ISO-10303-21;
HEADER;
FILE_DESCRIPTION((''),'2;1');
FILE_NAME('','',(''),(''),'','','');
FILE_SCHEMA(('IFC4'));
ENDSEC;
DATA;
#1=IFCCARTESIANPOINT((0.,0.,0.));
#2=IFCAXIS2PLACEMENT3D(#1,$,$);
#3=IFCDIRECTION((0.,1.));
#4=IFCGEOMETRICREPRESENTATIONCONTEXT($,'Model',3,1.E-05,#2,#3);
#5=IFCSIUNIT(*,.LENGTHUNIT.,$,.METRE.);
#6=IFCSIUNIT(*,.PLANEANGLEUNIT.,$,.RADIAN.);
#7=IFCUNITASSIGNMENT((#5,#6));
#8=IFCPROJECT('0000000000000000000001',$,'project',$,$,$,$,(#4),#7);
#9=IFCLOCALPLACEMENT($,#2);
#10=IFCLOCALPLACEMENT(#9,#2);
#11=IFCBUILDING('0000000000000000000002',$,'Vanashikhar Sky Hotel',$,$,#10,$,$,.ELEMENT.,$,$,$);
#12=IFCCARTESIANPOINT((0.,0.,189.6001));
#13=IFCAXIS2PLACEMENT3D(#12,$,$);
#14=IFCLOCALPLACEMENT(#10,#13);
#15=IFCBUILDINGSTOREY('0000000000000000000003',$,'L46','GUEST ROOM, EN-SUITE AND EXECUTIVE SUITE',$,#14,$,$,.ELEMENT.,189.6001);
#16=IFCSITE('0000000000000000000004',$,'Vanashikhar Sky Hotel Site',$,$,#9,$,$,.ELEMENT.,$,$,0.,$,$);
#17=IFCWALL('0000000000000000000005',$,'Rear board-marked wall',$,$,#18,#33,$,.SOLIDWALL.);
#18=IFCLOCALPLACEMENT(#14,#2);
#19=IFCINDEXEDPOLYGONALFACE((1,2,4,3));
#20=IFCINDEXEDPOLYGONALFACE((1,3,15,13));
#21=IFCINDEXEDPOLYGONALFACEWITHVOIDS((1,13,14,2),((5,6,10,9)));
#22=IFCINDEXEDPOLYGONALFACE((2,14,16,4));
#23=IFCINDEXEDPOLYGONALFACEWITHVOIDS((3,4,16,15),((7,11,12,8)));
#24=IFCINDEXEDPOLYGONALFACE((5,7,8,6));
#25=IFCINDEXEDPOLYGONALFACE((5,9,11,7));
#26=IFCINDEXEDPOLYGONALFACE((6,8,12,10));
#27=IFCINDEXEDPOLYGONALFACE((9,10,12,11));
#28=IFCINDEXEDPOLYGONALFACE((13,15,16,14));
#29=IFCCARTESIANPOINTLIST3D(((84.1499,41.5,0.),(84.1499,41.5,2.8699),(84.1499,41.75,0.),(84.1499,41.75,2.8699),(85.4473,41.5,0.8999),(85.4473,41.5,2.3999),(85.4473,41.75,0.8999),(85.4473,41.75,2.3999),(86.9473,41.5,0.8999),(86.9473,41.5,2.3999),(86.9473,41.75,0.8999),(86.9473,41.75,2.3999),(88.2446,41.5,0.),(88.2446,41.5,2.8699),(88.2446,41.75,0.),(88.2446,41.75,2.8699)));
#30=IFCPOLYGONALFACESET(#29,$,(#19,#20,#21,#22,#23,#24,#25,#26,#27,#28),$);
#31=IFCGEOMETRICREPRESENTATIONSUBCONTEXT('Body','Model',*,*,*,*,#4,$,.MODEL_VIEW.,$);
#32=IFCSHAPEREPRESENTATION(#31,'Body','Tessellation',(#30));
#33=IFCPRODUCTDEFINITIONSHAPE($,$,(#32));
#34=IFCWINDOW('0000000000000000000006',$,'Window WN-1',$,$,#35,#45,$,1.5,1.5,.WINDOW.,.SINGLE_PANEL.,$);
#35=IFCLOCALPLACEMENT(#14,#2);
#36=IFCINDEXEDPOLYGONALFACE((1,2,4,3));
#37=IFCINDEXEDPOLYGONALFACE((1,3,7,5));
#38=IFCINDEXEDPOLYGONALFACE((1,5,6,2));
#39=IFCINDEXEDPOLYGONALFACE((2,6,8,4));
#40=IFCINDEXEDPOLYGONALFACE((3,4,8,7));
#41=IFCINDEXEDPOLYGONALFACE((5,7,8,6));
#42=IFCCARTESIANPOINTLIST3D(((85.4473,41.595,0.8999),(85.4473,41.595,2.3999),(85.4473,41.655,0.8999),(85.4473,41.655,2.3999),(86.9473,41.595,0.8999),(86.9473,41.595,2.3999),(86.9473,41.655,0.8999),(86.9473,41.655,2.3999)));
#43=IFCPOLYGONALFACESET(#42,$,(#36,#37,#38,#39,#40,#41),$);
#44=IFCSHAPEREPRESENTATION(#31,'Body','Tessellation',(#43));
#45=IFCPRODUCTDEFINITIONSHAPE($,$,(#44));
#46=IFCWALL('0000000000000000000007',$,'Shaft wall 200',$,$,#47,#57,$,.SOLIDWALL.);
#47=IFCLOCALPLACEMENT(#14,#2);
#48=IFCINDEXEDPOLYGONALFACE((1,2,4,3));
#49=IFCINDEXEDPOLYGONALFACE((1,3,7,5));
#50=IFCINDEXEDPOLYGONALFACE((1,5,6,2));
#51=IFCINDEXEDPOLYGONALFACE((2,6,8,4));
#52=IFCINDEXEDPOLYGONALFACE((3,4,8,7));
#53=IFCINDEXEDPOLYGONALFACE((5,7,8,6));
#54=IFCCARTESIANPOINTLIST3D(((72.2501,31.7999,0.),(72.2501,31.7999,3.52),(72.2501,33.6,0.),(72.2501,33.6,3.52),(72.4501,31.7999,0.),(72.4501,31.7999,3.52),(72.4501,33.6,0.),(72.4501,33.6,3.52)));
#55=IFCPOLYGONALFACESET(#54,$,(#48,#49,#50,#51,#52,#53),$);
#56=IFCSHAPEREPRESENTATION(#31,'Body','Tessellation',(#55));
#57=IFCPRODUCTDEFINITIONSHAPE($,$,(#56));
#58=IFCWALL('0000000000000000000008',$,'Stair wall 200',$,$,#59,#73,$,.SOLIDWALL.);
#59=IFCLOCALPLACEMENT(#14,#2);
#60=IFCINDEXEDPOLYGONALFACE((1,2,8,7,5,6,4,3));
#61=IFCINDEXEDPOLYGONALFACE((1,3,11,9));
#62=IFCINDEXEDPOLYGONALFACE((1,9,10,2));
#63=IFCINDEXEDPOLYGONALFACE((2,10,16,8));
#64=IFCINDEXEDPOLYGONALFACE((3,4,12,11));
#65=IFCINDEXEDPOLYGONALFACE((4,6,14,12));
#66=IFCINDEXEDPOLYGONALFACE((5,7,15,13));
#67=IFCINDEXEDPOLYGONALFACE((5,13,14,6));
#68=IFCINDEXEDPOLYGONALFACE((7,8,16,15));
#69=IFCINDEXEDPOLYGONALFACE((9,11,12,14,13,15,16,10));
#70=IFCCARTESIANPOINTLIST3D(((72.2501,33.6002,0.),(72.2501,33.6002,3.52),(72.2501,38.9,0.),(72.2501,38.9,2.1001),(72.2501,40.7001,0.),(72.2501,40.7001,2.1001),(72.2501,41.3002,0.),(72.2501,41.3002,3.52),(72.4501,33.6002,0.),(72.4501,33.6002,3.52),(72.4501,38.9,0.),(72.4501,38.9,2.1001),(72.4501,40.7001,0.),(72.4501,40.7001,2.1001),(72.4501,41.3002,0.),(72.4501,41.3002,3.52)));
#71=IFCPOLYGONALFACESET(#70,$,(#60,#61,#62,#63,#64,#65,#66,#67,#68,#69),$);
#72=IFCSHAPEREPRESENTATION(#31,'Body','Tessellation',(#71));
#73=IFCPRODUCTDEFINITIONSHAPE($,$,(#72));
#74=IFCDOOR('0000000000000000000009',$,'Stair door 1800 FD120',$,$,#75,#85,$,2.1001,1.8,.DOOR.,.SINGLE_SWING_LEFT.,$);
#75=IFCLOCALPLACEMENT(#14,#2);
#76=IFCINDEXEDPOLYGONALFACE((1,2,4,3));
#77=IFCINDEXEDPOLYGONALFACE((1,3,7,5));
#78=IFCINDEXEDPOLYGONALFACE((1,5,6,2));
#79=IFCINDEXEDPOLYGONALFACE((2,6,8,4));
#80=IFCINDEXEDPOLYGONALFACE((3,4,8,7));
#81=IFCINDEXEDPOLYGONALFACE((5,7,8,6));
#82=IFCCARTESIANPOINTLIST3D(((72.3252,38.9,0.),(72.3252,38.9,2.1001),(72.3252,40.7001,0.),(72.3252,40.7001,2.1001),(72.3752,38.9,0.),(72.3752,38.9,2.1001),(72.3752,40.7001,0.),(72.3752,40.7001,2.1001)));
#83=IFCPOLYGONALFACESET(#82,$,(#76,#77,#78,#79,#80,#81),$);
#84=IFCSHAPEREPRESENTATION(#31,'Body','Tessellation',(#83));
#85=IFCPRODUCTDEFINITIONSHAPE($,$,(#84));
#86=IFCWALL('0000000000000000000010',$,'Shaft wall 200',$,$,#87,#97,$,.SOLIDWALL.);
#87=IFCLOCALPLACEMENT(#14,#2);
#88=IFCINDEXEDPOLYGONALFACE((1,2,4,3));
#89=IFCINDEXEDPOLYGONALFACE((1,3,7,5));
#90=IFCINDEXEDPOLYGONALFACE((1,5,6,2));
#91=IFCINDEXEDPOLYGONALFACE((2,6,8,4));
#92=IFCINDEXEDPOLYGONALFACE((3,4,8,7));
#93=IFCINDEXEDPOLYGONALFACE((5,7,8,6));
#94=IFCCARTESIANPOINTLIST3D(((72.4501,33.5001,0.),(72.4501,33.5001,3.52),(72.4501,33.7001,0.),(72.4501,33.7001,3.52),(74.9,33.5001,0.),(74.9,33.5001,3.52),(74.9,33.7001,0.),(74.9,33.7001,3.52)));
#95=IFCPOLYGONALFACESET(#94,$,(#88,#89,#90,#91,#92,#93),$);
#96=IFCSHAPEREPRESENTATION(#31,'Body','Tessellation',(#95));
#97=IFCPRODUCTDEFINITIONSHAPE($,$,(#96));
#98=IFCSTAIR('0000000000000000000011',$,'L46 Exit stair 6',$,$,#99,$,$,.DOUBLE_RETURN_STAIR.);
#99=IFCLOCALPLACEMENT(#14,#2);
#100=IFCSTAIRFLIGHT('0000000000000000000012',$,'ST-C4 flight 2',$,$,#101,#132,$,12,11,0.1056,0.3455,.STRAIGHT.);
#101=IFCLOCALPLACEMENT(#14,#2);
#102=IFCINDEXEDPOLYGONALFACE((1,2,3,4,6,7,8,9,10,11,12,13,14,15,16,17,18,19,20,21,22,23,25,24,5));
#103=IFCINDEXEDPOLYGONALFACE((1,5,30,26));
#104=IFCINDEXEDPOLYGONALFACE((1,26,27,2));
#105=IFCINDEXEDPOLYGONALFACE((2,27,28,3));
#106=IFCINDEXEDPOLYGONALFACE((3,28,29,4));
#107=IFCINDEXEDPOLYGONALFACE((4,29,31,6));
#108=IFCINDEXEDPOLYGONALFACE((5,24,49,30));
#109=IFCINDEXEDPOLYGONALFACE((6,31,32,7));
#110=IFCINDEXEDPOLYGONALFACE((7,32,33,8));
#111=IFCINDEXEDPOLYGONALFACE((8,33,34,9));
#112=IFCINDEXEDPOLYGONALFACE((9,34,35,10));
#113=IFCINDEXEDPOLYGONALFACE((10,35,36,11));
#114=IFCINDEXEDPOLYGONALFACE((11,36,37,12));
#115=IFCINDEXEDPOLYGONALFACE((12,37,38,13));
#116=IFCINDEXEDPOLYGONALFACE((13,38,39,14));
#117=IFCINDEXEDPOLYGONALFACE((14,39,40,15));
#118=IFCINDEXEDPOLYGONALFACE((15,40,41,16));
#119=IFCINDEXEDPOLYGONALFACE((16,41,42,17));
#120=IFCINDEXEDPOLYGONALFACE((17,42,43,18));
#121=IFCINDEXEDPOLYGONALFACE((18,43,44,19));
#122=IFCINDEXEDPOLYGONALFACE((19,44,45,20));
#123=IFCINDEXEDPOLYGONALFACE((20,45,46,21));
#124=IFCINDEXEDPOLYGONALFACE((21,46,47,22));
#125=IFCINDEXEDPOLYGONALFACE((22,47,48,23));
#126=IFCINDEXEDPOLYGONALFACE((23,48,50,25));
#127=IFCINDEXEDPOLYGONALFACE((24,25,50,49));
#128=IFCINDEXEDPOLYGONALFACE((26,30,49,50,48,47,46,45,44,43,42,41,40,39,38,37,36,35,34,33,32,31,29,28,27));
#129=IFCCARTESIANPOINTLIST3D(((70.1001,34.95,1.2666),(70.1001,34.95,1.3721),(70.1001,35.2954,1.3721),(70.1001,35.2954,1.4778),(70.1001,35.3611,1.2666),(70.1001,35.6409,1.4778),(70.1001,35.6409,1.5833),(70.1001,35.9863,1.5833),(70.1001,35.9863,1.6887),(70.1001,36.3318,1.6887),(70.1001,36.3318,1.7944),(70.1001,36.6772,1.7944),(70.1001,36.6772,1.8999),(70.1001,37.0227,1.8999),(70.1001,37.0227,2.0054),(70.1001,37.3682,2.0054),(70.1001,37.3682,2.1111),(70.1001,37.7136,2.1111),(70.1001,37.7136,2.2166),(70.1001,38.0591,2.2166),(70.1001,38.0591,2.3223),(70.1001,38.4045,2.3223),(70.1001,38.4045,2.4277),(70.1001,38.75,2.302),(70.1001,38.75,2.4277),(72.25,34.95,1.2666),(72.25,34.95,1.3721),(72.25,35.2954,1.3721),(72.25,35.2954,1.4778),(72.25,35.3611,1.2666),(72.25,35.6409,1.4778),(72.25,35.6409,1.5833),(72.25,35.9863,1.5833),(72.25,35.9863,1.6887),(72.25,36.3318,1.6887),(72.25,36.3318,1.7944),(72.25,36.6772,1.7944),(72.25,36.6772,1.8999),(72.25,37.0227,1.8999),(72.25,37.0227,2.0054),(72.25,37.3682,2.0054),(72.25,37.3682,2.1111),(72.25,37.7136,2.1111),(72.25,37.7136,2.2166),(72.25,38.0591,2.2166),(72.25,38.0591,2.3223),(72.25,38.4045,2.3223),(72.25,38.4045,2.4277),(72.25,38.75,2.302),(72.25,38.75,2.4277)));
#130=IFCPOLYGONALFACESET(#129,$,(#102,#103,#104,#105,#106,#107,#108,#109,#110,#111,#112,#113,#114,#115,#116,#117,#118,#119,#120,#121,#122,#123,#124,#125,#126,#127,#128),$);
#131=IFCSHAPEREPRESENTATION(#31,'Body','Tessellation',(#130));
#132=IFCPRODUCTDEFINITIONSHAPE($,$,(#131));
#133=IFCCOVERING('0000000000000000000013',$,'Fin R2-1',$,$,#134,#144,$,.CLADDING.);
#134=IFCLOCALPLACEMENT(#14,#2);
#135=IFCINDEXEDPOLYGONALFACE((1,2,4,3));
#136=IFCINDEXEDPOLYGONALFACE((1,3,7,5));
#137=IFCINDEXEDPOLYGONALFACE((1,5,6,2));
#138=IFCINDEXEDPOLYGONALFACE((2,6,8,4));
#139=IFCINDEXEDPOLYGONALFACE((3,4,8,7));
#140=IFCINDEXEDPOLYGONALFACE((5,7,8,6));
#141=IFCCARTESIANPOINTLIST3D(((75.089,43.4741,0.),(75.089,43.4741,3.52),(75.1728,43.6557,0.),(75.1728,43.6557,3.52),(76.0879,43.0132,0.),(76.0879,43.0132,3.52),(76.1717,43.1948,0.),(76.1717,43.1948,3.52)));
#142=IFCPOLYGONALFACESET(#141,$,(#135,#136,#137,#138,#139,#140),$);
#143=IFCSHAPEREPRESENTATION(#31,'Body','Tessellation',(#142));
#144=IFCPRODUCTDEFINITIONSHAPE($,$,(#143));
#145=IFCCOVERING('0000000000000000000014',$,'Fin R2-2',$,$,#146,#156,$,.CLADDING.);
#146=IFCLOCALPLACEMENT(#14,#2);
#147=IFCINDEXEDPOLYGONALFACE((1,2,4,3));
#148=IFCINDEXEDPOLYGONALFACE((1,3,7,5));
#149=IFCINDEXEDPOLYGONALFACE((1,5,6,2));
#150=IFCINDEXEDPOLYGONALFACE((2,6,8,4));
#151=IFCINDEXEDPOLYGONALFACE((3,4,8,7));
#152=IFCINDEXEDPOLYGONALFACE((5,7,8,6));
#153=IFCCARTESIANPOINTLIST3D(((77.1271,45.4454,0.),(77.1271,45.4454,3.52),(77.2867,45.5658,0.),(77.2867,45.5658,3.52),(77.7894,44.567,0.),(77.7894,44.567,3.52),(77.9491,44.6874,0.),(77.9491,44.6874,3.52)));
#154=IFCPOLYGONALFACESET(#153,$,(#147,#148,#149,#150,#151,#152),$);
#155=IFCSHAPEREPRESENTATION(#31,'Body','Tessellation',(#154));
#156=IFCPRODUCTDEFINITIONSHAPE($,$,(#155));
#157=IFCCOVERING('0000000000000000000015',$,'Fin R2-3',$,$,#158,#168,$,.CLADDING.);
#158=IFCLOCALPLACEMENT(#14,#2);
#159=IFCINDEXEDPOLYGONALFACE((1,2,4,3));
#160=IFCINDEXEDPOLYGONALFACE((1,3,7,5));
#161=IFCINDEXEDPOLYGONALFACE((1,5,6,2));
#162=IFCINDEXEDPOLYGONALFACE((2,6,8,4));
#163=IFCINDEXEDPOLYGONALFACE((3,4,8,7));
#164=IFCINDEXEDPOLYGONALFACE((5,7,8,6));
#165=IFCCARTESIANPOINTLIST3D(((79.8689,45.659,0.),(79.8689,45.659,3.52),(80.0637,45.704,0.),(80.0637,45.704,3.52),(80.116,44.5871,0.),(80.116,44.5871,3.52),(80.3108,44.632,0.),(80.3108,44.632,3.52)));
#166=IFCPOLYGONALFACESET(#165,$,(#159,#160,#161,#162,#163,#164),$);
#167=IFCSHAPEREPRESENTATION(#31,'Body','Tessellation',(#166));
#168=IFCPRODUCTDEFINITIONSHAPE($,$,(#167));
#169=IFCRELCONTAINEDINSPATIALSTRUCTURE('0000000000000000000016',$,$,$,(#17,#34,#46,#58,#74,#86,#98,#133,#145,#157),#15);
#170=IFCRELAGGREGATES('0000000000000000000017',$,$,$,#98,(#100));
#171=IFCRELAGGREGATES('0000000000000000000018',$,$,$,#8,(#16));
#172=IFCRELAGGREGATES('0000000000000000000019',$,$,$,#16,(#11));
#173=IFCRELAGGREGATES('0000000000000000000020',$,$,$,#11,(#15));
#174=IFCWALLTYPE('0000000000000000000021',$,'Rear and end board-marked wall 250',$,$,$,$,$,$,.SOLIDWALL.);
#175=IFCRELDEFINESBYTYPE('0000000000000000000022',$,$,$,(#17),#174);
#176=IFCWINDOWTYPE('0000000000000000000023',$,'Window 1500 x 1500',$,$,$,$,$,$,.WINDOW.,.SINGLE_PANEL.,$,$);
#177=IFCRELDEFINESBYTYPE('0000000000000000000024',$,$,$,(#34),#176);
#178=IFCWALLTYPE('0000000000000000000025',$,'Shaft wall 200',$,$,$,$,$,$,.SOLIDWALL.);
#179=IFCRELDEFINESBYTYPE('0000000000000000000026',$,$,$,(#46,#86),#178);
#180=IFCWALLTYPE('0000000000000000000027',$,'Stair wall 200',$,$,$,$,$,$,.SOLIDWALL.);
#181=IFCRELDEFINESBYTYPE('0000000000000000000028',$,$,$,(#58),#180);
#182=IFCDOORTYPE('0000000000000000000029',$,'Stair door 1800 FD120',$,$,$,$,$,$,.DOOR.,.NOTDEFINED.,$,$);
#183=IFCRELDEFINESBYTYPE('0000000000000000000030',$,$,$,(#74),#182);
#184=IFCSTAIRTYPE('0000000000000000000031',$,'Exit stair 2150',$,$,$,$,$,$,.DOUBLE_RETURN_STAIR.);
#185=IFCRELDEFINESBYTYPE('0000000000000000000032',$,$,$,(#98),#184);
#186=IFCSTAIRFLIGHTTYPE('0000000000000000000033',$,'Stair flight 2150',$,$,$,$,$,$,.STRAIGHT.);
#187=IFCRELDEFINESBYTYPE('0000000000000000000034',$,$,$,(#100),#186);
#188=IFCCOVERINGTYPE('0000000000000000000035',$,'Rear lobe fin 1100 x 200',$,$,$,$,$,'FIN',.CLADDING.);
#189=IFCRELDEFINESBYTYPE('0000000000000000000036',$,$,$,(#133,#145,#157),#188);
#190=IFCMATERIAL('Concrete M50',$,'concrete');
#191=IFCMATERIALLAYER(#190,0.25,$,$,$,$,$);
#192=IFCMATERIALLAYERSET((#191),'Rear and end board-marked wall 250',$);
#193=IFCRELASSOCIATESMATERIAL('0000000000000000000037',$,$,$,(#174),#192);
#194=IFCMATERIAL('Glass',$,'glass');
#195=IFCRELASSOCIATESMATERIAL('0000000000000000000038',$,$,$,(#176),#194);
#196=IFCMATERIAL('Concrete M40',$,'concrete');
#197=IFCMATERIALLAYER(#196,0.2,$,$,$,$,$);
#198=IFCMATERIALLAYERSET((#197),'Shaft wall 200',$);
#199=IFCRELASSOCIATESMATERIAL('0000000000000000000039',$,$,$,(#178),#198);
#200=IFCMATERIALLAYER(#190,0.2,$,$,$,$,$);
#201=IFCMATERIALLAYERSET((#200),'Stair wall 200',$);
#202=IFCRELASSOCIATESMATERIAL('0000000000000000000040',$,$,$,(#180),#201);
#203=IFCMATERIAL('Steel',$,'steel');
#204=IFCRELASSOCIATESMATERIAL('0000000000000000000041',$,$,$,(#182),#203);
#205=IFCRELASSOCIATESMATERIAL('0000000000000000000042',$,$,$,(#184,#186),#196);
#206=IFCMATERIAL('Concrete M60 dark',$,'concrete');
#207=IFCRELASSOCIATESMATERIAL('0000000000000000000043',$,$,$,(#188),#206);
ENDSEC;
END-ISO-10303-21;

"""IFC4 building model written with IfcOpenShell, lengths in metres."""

from ifc_helpers import new_model, si_unit, direction, frame, frame_2d, origin, origin_2d, place, context, subcontext, project, spatial, polyline, rectangle, outline, extrude, source, transform, mapped, material, layer, layer_set, material_profile, profile_set, type_object, element, fill, aggregate, save


model = new_model("IFC4")

# Units and contexts
model_context = context("Model", 3, precision=1e-05, world=origin(), true_north=direction((0.0, 1.0)))
body_context = subcontext(model_context, "Body", "Model", "MODEL_VIEW")
ifc_project = project(units=[si_unit("LENGTHUNIT", "METRE"), si_unit("PLANEANGLEUNIT", "RADIAN")], contexts=[model_context])

# Site, building, storey
site_placement = place(None, origin())
site = spatial("IfcSite", under=ifc_project, at=site_placement, Name="Vanashikhar Sky Hotel Site", CompositionType="ELEMENT", RefElevation=0.0)
building_placement = place(site_placement, origin())
building = spatial("IfcBuilding", under=site, at=building_placement, Name="Vanashikhar Sky Hotel", CompositionType="ELEMENT")
storey_placement = place(building_placement, frame((0.0, 0.0, 189.6001)))
storey = spatial("IfcBuildingStorey", under=building, at=storey_placement, Name="L46", Description="GUEST ROOM, EN-SUITE AND EXECUTIVE SUITE", CompositionType="ELEMENT", Elevation=189.6001)

# Shared definitions
ifc_material_1 = material(Name="Concrete M50", Category="concrete")
ifc_material_2 = material(Name="Glass", Category="glass")

# Shared definitions
ifc_layer_1 = layer(ifc_material_1, 0.25)
ifc_layer_set_1 = layer_set([ifc_layer_1], Name="Rear and end board-marked wall 250")
wall_type_1 = type_object("IfcWallType", Name="Rear and end board-marked wall 250", PredefinedType="SOLIDWALL", material=ifc_layer_set_1)

# Wall, opening, window
shared_shape_1 = source(origin(), body_context, "Body", "SweptSolid", [
    extrude(rectangle(XDim=4.0947, YDim=0.25, at=frame_2d((2.0474, 0.0))), origin(), (0.0, 0.0, 1.0), 2.8699),
])
wall_1_placement = place(storey_placement, frame((88.2446, 41.625, 0.0), z_axis=(0.0, 0.0, 1.0), x_axis=(-1.0, 0.0, 0.0)))
wall_1 = element("IfcWall", 1, at=wall_1_placement, inside=storey, type_object=wall_type_1, Name="Rear board-marked wall", PredefinedType="SOLIDWALL", context=body_context, shape_type="MappedRepresentation", body=[
    mapped(shared_shape_1, transform((0.0, 0.0, 0.0), scale=1.0)),
])
shared_shape_2 = source(origin(), body_context, "Body", "SweptSolid", [
    extrude(rectangle(XDim=1.5, YDim=1.5, at=frame_2d((0.75, 0.75))), frame((0.0, 0.135, 0.0), z_axis=(0.0, -1.0, 0.0), x_axis=(1.0, 0.0, 0.0)), (0.0, 0.0, 1.0), 0.27),
])
opening_1_placement = place(wall_1_placement, frame((1.2974, 0.0, 0.8999)))
opening_1 = element("IfcOpeningElement", 2, at=opening_1_placement, cuts=wall_1, PredefinedType="OPENING", context=body_context, shape_type="MappedRepresentation", body=[
    mapped(shared_shape_2, transform((0.0, 0.0, 0.0), scale=1.0)),
])
window_type_1 = type_object("IfcWindowType", Name="Window 1500 x 1500", PartitioningType="SINGLE_PANEL", PredefinedType="WINDOW", material=ifc_material_2)
shared_shape_3 = source(origin(), body_context, "Body", "SweptSolid", [
    extrude(rectangle(XDim=1.5, YDim=1.5, at=frame_2d((0.75, 0.75))), frame((0.0, 0.03, 0.0), z_axis=(0.0, -1.0, 0.0), x_axis=(1.0, 0.0, 0.0)), (0.0, 0.0, 1.0), 0.0601),
])
window_1_placement = place(opening_1_placement, origin())
window_1 = element("IfcWindow", 3, at=window_1_placement, inside=storey, type_object=window_type_1, Name="Window WN-1", OverallHeight=1.5, OverallWidth=1.5, PartitioningType="SINGLE_PANEL", PredefinedType="WINDOW", context=body_context, shape_type="MappedRepresentation", body=[
    mapped(shared_shape_3, transform((0.0, 0.0, 0.0), scale=1.0)),
])
fill(opening_1, window_1)

# Wall
ifc_material_3 = material(Name="Concrete M40", Category="concrete")
ifc_layer_2 = layer(ifc_material_3, 0.2)
ifc_layer_set_2 = layer_set([ifc_layer_2], Name="Shaft wall 200")
wall_type_2 = type_object("IfcWallType", Name="Shaft wall 200", PredefinedType="SOLIDWALL", material=ifc_layer_set_2)
shared_shape_4 = source(origin(), body_context, "Body", "SweptSolid", [
    extrude(rectangle(XDim=1.8, YDim=0.2, at=frame_2d((0.8999, 0.0))), origin(), (0.0, 0.0, 1.0), 3.52),
])
wall_2_placement = place(storey_placement, frame((72.3501, 31.8, 0.0), z_axis=(0.0, 0.0, 1.0), x_axis=(0.0, 1.0, 0.0)))
element("IfcWall", 4, at=wall_2_placement, inside=storey, type_object=wall_type_2, Name="Shaft wall 200", PredefinedType="SOLIDWALL", context=body_context, shape_type="MappedRepresentation", body=[
    mapped(shared_shape_4, transform((0.0, 0.0, 0.0), scale=1.0)),
])

# Wall, opening, door
ifc_layer_3 = layer(ifc_material_1, 0.2)
ifc_layer_set_3 = layer_set([ifc_layer_3], Name="Stair wall 200")
wall_type_3 = type_object("IfcWallType", Name="Stair wall 200", PredefinedType="SOLIDWALL", material=ifc_layer_set_3)
shared_shape_5 = source(origin(), body_context, "Body", "SweptSolid", [
    extrude(rectangle(XDim=7.7, YDim=0.2, at=frame_2d((3.8501, 0.0))), origin(), (0.0, 0.0, 1.0), 3.52),
])
wall_3_placement = place(storey_placement, frame((72.3501, 33.6001, 0.0), z_axis=(0.0, 0.0, 1.0), x_axis=(0.0, 1.0, 0.0)))
wall_3 = element("IfcWall", 5, at=wall_3_placement, inside=storey, type_object=wall_type_3, Name="Stair wall 200", PredefinedType="SOLIDWALL", context=body_context, shape_type="MappedRepresentation", body=[
    mapped(shared_shape_5, transform((0.0, 0.0, 0.0), scale=1.0)),
])
shared_shape_6 = source(origin(), body_context, "Body", "SweptSolid", [
    extrude(rectangle(XDim=1.8, YDim=2.1001, at=frame_2d((0.8999, 1.05))), frame((0.0, 0.1099, 0.0), z_axis=(0.0, -1.0, 0.0), x_axis=(1.0, 0.0, 0.0)), (0.0, 0.0, 1.0), 0.22),
])
opening_2_placement = place(wall_3_placement, frame((5.3, 0.0, 0.0)))
opening_2 = element("IfcOpeningElement", 6, at=opening_2_placement, cuts=wall_3, PredefinedType="OPENING", context=body_context, shape_type="MappedRepresentation", body=[
    mapped(shared_shape_6, transform((0.0, 0.0, 0.0), scale=1.0)),
])
ifc_material_4 = material(Name="Steel", Category="steel")
door_type = type_object("IfcDoorType", Name="Stair door 1800 FD120", OperationType="NOTDEFINED", PredefinedType="DOOR", material=ifc_material_4)
shared_shape_7 = source(origin(), body_context, "Body", "SweptSolid", [
    extrude(rectangle(XDim=1.8, YDim=2.1001, at=frame_2d((0.8999, 1.05))), frame((0.0, 0.0249, 0.0), z_axis=(0.0, -1.0, 0.0), x_axis=(1.0, 0.0, 0.0)), (0.0, 0.0, 1.0), 0.05),
])
door_placement = place(opening_2_placement, origin())
door = element("IfcDoor", 7, at=door_placement, inside=storey, type_object=door_type, Name="Stair door 1800 FD120", OperationType="SINGLE_SWING_LEFT", OverallHeight=2.1001, OverallWidth=1.8, PredefinedType="DOOR", context=body_context, shape_type="MappedRepresentation", body=[
    mapped(shared_shape_7, transform((0.0, 0.0, 0.0), scale=1.0)),
])
fill(opening_2, door)

# Wall
shared_shape_8 = source(origin(), body_context, "Body", "SweptSolid", [
    extrude(rectangle(XDim=2.45, YDim=0.2, at=frame_2d((1.2251, 0.0))), origin(), (0.0, 0.0, 1.0), 3.52),
])
wall_4_placement = place(storey_placement, frame((72.45, 33.6001, 0.0), z_axis=(0.0, 0.0, 1.0), x_axis=(1.0, 0.0, 0.0)))
element("IfcWall", 8, at=wall_4_placement, inside=storey, type_object=wall_type_2, Name="Shaft wall 200", PredefinedType="SOLIDWALL", context=body_context, shape_type="MappedRepresentation", body=[
    mapped(shared_shape_8, transform((0.0, 0.0, 0.0), scale=1.0)),
])

# Stair, stair flight
stair_type = type_object("IfcStairType", Name="Exit stair 2150", PredefinedType="DOUBLE_RETURN_STAIR", material=ifc_material_3)
stair_placement = place(storey_placement, origin())
stair = element("IfcStair", 9, at=stair_placement, inside=storey, type_object=stair_type, Name="L46 Exit stair 6", PredefinedType="DOUBLE_RETURN_STAIR")
stair_flight_type = type_object("IfcStairFlightType", Name="Stair flight 2150", PredefinedType="STRAIGHT", material=ifc_material_3)
shared_shape_9 = source(origin(), body_context, "Body", "SweptSolid", [
    extrude(outline(polyline([(0.0, 0.0), (0.0, 0.1055), (0.3455, 0.1055), (0.3455, 0.2112), (0.6909, 0.2112), (0.6909, 0.3167), (1.0364, 0.3167), (1.0364, 0.4221), (1.3818, 0.4221), (1.3818, 0.5278), (1.7273, 0.5278), (1.7273, 0.6333), (2.0728, 0.6333), (2.0728, 0.7388), (2.4182, 0.7388), (2.4182, 0.8445), (2.7637, 0.8445), (2.7637, 0.95), (3.1091, 0.95), (3.1091, 1.0557), (3.4546, 1.0557), (3.4546, 1.1611), (3.8, 1.1611), (3.8, 1.2666), (3.8, 1.0354), (0.4111, 0.0), (0.0, 0.0)])), frame((0.0, 1.075, 0.0), z_axis=(0.0, -1.0, 0.0), x_axis=(1.0, 0.0, 0.0)), (0.0, 0.0, 1.0), 2.1499),
])
stair_flight_placement = place(storey_placement, frame((71.175, 34.95, 1.2666), z_axis=(0.0, 0.0, 1.0), x_axis=(0.0, 1.0, 0.0)))
stair_flight = element("IfcStairFlight", 10, at=stair_flight_placement, type_object=stair_flight_type, Name="ST-C4 flight 2", NumberOfRisers=12, NumberOfTreads=11, PredefinedType="STRAIGHT", RiserHeight=0.1056, TreadLength=0.3455, context=body_context, shape_type="MappedRepresentation", body=[
    mapped(shared_shape_9, transform((0.0, 0.0, 0.0), scale=1.0)),
])
aggregate(stair, [stair_flight])

# Coverings
ifc_material_5 = material(Name="Concrete M60 dark", Category="concrete")
ifc_material_profile_1 = material_profile(ifc_material_5, rectangle(XDim=1.1001, YDim=0.2, at=origin_2d()))
ifc_profile_set_1 = profile_set([ifc_material_profile_1], Name="Rear lobe fin 1100 x 200")
covering_type_1 = type_object("IfcCoveringType", Name="Rear lobe fin 1100 x 200", ElementType="FIN", PredefinedType="CLADDING", material=ifc_profile_set_1)
shared_shape_10 = source(origin(), body_context, "Body", "SweptSolid", [
    extrude(rectangle(XDim=1.1001, YDim=0.2, at=origin_2d()), origin(), (0.0, 0.0, 1.0), 3.52),
])
for number, where, z_axis, x_axis, name in (
    (11, (75.6304, 43.3345, 0.0), (0.0, 0.0, 1.0), (-0.908004, 0.418961, 0.0), "Fin R2-1"),
    (12, (77.5381, 45.0664, 0.0), (0.0, 0.0, 1.0), (-0.602066, 0.798446, 0.0), "Fin R2-2"),
    (13, (80.0898, 45.1455, 0.0), (0.0, 0.0, 1.0), (-0.224645, 0.974441, 0.0), "Fin R2-3"),
):
    element("IfcCovering", number, at=place(storey_placement, frame(where, z_axis=z_axis, x_axis=x_axis)), inside=storey, type_object=covering_type_1, Name=name, PredefinedType="CLADDING", context=body_context, shape_type="MappedRepresentation", body=[
        mapped(shared_shape_10, transform((0.0, 0.0, 0.0), scale=1.0)),
    ])

save(model, "model.ifc")
